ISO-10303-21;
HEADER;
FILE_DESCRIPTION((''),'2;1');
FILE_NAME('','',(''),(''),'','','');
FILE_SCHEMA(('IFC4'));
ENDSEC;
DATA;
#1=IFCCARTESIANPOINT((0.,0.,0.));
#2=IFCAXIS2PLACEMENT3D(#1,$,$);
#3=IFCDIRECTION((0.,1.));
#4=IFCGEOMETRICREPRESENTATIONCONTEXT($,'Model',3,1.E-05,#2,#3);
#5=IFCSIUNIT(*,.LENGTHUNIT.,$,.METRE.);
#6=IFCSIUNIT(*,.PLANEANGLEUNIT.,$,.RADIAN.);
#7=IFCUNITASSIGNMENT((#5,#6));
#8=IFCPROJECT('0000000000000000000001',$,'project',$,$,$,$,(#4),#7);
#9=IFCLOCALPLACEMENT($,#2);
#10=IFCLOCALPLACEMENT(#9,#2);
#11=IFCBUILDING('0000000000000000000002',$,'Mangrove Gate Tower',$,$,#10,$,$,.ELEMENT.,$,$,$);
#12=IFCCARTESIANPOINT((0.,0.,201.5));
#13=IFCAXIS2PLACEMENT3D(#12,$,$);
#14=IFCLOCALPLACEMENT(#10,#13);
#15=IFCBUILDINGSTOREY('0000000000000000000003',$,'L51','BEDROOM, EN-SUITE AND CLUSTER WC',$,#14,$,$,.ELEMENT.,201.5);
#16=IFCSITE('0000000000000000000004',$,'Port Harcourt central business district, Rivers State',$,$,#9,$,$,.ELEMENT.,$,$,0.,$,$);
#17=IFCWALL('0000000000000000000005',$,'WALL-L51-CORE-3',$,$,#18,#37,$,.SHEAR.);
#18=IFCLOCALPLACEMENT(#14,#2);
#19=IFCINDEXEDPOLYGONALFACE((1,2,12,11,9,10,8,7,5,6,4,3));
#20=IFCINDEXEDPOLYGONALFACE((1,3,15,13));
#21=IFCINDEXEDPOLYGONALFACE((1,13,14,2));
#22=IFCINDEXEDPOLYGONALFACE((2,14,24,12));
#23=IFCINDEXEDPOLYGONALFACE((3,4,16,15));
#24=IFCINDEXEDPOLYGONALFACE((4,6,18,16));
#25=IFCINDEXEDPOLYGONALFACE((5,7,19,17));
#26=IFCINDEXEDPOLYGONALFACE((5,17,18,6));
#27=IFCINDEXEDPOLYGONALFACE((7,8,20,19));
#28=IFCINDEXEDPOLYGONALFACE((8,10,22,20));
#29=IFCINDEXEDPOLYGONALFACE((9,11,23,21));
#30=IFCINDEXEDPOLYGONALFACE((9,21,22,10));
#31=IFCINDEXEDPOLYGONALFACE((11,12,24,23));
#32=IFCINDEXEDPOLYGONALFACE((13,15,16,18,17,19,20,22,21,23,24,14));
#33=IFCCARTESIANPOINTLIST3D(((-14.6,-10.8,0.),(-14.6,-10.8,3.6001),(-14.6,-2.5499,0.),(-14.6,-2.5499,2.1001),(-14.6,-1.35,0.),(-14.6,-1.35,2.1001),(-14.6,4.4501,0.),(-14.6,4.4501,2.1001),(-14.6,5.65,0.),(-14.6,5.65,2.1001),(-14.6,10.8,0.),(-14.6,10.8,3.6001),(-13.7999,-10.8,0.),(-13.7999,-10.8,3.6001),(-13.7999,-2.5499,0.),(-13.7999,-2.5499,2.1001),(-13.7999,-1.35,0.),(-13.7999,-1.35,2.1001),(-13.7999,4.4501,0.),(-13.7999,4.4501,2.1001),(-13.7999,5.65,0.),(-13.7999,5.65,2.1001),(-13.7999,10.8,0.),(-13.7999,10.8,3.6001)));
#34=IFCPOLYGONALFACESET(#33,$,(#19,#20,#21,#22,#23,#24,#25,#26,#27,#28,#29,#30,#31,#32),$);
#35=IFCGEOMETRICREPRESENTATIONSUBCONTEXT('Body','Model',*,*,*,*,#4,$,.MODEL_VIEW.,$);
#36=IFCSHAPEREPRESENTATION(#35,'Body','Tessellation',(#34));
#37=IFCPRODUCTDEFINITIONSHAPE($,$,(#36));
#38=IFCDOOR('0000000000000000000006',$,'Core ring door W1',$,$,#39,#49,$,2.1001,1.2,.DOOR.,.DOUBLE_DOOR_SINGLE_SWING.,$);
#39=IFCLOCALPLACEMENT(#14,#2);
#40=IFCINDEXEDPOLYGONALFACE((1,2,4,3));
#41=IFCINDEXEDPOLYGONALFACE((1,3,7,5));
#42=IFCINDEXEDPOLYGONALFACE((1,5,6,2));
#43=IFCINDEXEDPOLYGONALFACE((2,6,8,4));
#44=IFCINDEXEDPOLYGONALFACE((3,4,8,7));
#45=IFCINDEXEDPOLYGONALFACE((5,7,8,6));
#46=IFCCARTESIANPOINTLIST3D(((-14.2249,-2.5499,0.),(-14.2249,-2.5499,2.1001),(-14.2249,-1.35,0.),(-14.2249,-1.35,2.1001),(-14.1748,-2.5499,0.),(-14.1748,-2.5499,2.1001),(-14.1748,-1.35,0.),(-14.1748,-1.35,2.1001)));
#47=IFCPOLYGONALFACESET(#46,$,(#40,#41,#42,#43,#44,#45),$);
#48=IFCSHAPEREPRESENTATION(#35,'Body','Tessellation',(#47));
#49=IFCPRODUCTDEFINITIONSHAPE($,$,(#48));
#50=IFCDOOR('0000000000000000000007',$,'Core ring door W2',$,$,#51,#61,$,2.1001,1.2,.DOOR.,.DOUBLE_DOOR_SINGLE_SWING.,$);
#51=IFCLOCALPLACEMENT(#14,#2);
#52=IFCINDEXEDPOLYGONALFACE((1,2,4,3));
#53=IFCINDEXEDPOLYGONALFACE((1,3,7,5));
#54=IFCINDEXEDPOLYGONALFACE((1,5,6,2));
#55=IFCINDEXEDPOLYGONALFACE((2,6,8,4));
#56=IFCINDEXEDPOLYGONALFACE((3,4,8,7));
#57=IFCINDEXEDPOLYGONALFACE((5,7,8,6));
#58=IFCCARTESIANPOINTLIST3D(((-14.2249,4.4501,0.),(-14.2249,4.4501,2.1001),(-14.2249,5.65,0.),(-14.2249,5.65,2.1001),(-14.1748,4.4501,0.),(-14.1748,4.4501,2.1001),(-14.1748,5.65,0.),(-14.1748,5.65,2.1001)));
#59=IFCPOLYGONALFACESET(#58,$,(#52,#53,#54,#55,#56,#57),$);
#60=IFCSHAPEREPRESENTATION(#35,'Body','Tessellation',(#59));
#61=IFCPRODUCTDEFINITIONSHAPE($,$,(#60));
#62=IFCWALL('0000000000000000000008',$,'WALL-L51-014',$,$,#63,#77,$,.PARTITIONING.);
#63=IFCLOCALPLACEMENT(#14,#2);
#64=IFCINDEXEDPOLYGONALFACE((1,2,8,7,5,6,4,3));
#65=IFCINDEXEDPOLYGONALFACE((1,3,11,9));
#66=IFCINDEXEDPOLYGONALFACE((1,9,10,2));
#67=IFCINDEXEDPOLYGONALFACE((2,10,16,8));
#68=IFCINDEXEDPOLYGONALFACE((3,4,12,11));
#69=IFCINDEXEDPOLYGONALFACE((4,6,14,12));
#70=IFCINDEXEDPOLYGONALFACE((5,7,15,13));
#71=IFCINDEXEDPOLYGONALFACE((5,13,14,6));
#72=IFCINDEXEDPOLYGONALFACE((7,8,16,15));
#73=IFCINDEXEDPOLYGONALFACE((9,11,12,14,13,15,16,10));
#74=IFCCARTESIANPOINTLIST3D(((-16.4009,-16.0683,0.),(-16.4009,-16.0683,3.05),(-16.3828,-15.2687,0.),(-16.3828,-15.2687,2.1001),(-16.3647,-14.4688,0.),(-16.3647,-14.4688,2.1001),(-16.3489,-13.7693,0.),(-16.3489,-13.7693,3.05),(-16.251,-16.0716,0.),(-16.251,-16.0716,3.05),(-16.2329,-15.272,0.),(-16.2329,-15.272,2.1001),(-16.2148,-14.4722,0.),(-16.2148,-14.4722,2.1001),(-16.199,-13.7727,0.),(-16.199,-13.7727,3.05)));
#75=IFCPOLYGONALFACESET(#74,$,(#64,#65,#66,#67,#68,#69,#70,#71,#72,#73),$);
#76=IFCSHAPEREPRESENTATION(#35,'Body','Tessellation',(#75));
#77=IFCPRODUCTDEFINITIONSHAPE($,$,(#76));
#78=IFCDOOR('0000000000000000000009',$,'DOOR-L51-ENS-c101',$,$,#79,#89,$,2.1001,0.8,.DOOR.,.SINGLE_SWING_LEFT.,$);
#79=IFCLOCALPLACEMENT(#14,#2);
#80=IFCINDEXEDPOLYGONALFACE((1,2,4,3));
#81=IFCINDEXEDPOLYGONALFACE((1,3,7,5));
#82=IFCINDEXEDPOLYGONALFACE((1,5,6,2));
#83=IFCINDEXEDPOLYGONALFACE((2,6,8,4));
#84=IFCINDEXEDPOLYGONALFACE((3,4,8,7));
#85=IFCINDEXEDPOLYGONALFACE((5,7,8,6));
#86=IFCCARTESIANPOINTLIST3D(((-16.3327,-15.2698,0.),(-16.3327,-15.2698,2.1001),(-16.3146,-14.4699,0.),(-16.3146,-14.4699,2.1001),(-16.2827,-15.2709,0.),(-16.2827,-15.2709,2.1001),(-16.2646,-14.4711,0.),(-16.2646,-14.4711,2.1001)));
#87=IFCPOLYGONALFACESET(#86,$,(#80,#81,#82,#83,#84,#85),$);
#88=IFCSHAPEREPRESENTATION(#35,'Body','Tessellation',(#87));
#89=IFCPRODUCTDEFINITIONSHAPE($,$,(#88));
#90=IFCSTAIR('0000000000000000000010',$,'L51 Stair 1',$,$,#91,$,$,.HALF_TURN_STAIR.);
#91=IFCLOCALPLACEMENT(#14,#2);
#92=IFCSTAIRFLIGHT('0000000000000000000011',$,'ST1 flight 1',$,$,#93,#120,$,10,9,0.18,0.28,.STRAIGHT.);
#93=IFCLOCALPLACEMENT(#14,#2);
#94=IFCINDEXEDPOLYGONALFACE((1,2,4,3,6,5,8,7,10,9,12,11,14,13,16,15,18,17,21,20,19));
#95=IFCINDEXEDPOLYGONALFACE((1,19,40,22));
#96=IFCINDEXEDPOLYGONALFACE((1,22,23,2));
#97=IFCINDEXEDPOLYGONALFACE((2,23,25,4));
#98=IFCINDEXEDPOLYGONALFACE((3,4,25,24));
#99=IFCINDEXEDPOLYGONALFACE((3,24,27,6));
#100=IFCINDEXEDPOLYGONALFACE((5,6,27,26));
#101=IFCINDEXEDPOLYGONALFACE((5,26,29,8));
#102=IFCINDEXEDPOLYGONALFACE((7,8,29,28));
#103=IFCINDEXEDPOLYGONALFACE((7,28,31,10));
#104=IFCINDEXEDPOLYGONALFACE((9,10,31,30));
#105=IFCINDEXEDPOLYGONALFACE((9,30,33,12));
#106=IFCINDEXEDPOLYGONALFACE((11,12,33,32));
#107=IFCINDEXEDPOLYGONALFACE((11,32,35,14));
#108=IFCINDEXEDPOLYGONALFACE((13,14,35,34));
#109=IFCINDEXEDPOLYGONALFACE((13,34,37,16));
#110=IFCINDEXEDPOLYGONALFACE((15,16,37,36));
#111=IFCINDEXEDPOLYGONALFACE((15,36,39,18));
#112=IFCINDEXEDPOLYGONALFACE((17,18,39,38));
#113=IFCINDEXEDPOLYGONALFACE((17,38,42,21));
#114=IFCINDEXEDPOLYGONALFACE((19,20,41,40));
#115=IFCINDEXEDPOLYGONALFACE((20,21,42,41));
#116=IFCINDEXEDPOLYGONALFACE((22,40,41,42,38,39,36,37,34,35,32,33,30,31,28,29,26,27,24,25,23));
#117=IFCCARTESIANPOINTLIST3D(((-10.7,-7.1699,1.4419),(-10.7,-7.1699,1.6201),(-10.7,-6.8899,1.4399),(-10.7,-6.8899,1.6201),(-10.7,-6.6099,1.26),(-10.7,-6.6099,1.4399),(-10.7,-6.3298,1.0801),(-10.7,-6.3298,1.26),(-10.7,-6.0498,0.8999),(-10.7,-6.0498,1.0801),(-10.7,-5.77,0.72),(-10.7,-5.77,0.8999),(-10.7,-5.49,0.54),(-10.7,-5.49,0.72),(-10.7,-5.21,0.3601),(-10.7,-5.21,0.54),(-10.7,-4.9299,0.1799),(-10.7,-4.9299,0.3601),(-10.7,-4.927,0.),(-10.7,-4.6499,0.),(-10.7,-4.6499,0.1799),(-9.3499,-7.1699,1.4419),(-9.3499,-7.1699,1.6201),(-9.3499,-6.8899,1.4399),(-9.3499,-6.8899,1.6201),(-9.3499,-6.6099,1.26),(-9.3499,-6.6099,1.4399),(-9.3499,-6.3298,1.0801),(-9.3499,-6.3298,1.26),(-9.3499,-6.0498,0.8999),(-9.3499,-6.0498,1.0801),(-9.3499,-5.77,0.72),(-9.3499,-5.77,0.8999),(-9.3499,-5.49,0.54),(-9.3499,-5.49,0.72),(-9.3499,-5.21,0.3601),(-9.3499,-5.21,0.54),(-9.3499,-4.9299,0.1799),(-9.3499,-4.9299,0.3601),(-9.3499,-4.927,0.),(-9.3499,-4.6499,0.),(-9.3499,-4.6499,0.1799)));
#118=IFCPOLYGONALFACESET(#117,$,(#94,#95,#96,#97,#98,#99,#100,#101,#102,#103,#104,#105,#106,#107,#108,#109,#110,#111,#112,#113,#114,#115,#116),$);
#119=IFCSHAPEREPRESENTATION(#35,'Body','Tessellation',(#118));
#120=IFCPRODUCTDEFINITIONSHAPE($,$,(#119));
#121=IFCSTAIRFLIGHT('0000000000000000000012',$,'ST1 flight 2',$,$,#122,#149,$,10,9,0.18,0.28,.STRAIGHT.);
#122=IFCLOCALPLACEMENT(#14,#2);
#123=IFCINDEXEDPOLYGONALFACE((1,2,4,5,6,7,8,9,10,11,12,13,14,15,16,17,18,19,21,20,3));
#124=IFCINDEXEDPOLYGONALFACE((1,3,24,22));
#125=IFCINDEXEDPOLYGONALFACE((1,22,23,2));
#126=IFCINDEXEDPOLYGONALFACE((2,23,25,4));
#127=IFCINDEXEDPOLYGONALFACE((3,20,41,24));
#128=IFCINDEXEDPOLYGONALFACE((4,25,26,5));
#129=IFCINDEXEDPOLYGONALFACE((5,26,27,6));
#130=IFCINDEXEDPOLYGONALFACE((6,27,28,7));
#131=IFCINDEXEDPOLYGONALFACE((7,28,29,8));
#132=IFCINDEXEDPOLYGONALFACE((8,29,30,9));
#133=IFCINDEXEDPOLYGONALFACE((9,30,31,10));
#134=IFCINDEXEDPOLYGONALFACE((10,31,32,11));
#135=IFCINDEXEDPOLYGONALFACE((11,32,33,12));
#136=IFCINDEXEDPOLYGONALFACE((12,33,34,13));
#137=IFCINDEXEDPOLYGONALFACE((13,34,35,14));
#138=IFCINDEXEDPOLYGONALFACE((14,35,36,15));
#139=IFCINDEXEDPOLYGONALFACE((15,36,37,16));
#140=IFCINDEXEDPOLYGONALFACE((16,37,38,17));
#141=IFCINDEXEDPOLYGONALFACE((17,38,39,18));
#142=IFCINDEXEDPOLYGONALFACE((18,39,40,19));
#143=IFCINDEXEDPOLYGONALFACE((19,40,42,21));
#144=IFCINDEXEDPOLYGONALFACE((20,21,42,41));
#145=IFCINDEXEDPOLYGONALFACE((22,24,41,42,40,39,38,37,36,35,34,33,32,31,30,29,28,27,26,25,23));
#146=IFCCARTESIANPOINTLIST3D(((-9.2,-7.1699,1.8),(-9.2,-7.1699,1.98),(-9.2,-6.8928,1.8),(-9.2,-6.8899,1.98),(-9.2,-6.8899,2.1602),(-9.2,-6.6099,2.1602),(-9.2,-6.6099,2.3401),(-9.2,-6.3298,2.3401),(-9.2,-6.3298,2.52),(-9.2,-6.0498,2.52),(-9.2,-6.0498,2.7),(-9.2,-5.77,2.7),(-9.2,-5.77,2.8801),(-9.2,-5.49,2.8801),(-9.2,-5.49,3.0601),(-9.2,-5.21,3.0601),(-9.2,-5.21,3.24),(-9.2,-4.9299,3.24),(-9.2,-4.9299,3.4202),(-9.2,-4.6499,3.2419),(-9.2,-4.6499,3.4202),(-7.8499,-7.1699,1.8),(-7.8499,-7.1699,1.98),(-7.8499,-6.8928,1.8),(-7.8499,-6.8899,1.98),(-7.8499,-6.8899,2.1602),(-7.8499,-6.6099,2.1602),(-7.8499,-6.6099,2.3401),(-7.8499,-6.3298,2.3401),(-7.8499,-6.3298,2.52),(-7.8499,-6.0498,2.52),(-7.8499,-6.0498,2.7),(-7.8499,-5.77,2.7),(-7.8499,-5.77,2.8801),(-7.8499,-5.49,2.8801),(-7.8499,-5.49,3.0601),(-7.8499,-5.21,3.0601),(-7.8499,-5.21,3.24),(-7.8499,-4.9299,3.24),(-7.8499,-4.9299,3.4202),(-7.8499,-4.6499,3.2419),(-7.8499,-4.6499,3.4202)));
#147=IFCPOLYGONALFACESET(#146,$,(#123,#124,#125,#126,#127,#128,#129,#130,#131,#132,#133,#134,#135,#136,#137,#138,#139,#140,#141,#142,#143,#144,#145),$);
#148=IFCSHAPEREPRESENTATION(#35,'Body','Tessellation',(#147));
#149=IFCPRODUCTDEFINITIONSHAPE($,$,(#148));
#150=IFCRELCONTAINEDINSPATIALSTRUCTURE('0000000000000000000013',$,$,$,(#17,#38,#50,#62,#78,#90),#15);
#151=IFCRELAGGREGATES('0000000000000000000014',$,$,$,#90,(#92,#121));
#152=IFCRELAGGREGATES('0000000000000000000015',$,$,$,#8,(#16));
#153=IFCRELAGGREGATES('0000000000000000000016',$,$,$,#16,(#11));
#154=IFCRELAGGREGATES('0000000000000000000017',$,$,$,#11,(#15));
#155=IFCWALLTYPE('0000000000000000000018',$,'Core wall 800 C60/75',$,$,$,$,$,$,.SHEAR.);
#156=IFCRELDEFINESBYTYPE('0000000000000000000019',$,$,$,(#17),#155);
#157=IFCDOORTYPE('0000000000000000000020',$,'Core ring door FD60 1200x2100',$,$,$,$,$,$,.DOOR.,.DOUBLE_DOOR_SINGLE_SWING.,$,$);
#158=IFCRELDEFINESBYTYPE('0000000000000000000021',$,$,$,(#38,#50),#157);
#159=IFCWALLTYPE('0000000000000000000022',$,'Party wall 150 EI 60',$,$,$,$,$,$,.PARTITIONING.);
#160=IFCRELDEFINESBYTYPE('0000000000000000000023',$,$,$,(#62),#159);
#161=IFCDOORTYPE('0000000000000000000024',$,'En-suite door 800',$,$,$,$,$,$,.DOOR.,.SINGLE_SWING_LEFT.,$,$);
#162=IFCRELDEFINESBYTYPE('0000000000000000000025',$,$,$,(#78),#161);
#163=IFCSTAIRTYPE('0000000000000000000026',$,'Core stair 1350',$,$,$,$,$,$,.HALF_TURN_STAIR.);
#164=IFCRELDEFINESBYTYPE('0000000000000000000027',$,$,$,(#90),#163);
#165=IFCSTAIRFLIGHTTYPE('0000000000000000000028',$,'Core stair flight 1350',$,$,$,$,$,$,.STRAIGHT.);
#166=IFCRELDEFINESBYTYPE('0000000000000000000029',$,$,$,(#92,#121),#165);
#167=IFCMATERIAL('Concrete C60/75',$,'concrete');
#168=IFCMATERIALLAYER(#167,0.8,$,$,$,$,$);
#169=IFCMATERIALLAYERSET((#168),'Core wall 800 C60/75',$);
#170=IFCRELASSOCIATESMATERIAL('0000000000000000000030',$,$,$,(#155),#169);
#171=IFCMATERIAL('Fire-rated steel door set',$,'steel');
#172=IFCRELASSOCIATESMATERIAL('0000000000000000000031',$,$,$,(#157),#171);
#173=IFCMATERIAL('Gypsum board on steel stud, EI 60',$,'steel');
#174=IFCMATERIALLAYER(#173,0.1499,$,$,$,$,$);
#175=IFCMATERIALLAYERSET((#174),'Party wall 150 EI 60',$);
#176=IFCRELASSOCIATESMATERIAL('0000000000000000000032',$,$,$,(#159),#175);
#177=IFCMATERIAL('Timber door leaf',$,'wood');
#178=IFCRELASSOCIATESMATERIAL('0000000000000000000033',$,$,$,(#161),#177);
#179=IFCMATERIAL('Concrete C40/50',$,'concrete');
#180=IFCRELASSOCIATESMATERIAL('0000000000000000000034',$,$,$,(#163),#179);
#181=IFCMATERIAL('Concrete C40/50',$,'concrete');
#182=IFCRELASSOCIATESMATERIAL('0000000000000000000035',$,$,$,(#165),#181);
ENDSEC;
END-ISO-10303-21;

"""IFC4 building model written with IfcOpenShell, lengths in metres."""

from ifc_helpers import new_model, si_unit, direction, frame, frame_2d, origin, place, context, subcontext, project, spatial, polyline, rectangle, outline, extrude, material, layer, layer_set, type_object, element, fill, aggregate, save


model = new_model("IFC4")

# Units and contexts
model_context = context("Model", 3, precision=1e-05, world=origin(), true_north=direction((0.0, 1.0)))
body_context = subcontext(model_context, "Body", "Model", "MODEL_VIEW")
ifc_project = project(units=[si_unit("LENGTHUNIT", "METRE"), si_unit("PLANEANGLEUNIT", "RADIAN")], contexts=[model_context])

# Site, building, storey
site_placement = place(None, origin())
site = spatial("IfcSite", under=ifc_project, at=site_placement, Name="Port Harcourt central business district, Rivers State", CompositionType="ELEMENT", RefElevation=0.0)
building_placement = place(site_placement, origin())
building = spatial("IfcBuilding", under=site, at=building_placement, Name="Mangrove Gate Tower", CompositionType="ELEMENT")
storey_placement = place(building_placement, frame((0.0, 0.0, 201.5)))
storey = spatial("IfcBuildingStorey", under=building, at=storey_placement, Name="L51", Description="BEDROOM, EN-SUITE AND CLUSTER WC", CompositionType="ELEMENT", Elevation=201.5)

# Shared definitions
ifc_material_1 = material(Name="Concrete C60/75", Category="concrete")
ifc_layer_1 = layer(ifc_material_1, 0.8)
ifc_layer_set_1 = layer_set([ifc_layer_1], Name="Core wall 800 C60/75")
wall_type_1 = type_object("IfcWallType", Name="Core wall 800 C60/75", PredefinedType="SHEAR", material=ifc_layer_set_1)

# Wall, openings, doors
wall_1_placement = place(storey_placement, frame((-14.2, -10.8, 0.0), z_axis=(0.0, 0.0, 1.0), x_axis=(0.0, 1.0, 0.0)))
wall_1 = element("IfcWall", 1, at=wall_1_placement, inside=storey, type_object=wall_type_1, Name="WALL-L51-CORE-3", PredefinedType="SHEAR", context=body_context, shape_type="SweptSolid", body=[
    extrude(rectangle(XDim=21.6001, YDim=0.8, at=frame_2d((10.8, 0.0))), origin(), (0.0, 0.0, 1.0), 3.6001),
])
opening_1_placement = place(wall_1_placement, frame((8.25, 0.0, 0.0)))
opening_1 = element("IfcOpeningElement", 2, at=opening_1_placement, cuts=wall_1, PredefinedType="OPENING", context=body_context, shape_type="SweptSolid", body=[
    extrude(rectangle(XDim=1.2, YDim=2.1001, at=frame_2d((0.6001, 1.05))), frame((0.0, 0.4099, 0.0), z_axis=(0.0, -1.0, 0.0), x_axis=(1.0, 0.0, 0.0)), (0.0, 0.0, 1.0), 0.8201),
])
opening_2_placement = place(wall_1_placement, frame((15.25, 0.0, 0.0)))
opening_2 = element("IfcOpeningElement", 3, at=opening_2_placement, cuts=wall_1, PredefinedType="OPENING", context=body_context, shape_type="SweptSolid", body=[
    extrude(rectangle(XDim=1.2, YDim=2.1001, at=frame_2d((0.6001, 1.05))), frame((0.0, 0.4099, 0.0), z_axis=(0.0, -1.0, 0.0), x_axis=(1.0, 0.0, 0.0)), (0.0, 0.0, 1.0), 0.8201),
])
ifc_material_2 = material(Name="Fire-rated steel door set", Category="steel")
door_type_1 = type_object("IfcDoorType", Name="Core ring door FD60 1200x2100", OperationType="DOUBLE_DOOR_SINGLE_SWING", PredefinedType="DOOR", material=ifc_material_2)
door_1_placement = place(opening_1_placement, origin())
door_1 = element("IfcDoor", 4, at=door_1_placement, inside=storey, type_object=door_type_1, Name="Core ring door W1", OperationType="DOUBLE_DOOR_SINGLE_SWING", OverallHeight=2.1001, OverallWidth=1.2, PredefinedType="DOOR", context=body_context, shape_type="SweptSolid", body=[
    extrude(rectangle(XDim=1.2, YDim=2.1001, at=frame_2d((0.6001, 1.05))), frame((0.0, 0.0249, 0.0), z_axis=(0.0, -1.0, 0.0), x_axis=(1.0, 0.0, 0.0)), (0.0, 0.0, 1.0), 0.05),
])
fill(opening_1, door_1)
door_2_placement = place(opening_2_placement, origin())
door_2 = element("IfcDoor", 5, at=door_2_placement, inside=storey, type_object=door_type_1, Name="Core ring door W2", OperationType="DOUBLE_DOOR_SINGLE_SWING", OverallHeight=2.1001, OverallWidth=1.2, PredefinedType="DOOR", context=body_context, shape_type="SweptSolid", body=[
    extrude(rectangle(XDim=1.2, YDim=2.1001, at=frame_2d((0.6001, 1.05))), frame((0.0, 0.0249, 0.0), z_axis=(0.0, -1.0, 0.0), x_axis=(1.0, 0.0, 0.0)), (0.0, 0.0, 1.0), 0.05),
])
fill(opening_2, door_2)

# Wall, opening, door
ifc_material_3 = material(Name="Gypsum board on steel stud, EI 60", Category="steel")
ifc_layer_2 = layer(ifc_material_3, 0.1499)
ifc_layer_set_2 = layer_set([ifc_layer_2], Name="Party wall 150 EI 60")
wall_type_2 = type_object("IfcWallType", Name="Party wall 150 EI 60", PredefinedType="PARTITIONING", material=ifc_layer_set_2)
wall_2_placement = place(storey_placement, frame((-16.3259, -16.0701, 0.0), z_axis=(0.0, 0.0, 1.0), x_axis=(0.022613, 0.999744, 0.0)))
wall_2 = element("IfcWall", 6, at=wall_2_placement, inside=storey, type_object=wall_type_2, Name="WALL-L51-014", PredefinedType="PARTITIONING", context=body_context, shape_type="SweptSolid", body=[
    extrude(rectangle(XDim=2.2996, YDim=0.1499, at=frame_2d((1.1499, 0.0))), origin(), (0.0, 0.0, 1.0), 3.05),
])
opening_3_placement = place(wall_2_placement, frame((0.8, 0.0, 0.0)))
opening_3 = element("IfcOpeningElement", 7, at=opening_3_placement, cuts=wall_2, PredefinedType="OPENING", context=body_context, shape_type="SweptSolid", body=[
    extrude(rectangle(XDim=0.8, YDim=2.1001, at=frame_2d((0.3999, 1.05))), frame((0.0, 0.085, 0.0), z_axis=(0.0, -1.0, 0.0), x_axis=(1.0, 0.0, 0.0)), (0.0, 0.0, 1.0), 0.1699),
])
ifc_material_4 = material(Name="Timber door leaf", Category="wood")
door_type_2 = type_object("IfcDoorType", Name="En-suite door 800", OperationType="SINGLE_SWING_LEFT", PredefinedType="DOOR", material=ifc_material_4)
door_3_placement = place(opening_3_placement, origin())
door_3 = element("IfcDoor", 8, at=door_3_placement, inside=storey, type_object=door_type_2, Name="DOOR-L51-ENS-c101", OperationType="SINGLE_SWING_LEFT", OverallHeight=2.1001, OverallWidth=0.8, PredefinedType="DOOR", context=body_context, shape_type="SweptSolid", body=[
    extrude(rectangle(XDim=0.8, YDim=2.1001, at=frame_2d((0.3999, 1.05))), frame((0.0, 0.0249, 0.0), z_axis=(0.0, -1.0, 0.0), x_axis=(1.0, 0.0, 0.0)), (0.0, 0.0, 1.0), 0.05),
])
fill(opening_3, door_3)

# Stair, stair flights
ifc_material_5 = material(Name="Concrete C40/50", Category="concrete")
stair_type = type_object("IfcStairType", Name="Core stair 1350", PredefinedType="HALF_TURN_STAIR", material=ifc_material_5)
stair_placement = place(storey_placement, origin())
stair = element("IfcStair", 9, at=stair_placement, inside=storey, type_object=stair_type, Name="L51 Stair 1", PredefinedType="HALF_TURN_STAIR")
ifc_material_6 = material(Name="Concrete C40/50", Category="concrete")
stair_flight_type = type_object("IfcStairFlightType", Name="Core stair flight 1350", PredefinedType="STRAIGHT", material=ifc_material_6)
stair_flight_1_placement = place(storey_placement, frame((-10.0249, -4.6499, 0.0), z_axis=(0.0, 0.0, 1.0), x_axis=(0.0, -1.0, 0.0)))
stair_flight_1 = element("IfcStairFlight", 10, at=stair_flight_1_placement, type_object=stair_flight_type, Name="ST1 flight 1", NumberOfRisers=10, NumberOfTreads=9, PredefinedType="STRAIGHT", RiserHeight=0.18, TreadLength=0.28, context=body_context, shape_type="SweptSolid", body=[
    extrude(outline(polyline([(0.0, 0.0), (0.0, 0.1799), (0.28, 0.1799), (0.28, 0.3601), (0.5601, 0.3601), (0.5601, 0.54), (0.8401, 0.54), (0.8401, 0.72), (1.1201, 0.72), (1.1201, 0.8999), (1.3999, 0.8999), (1.3999, 1.0801), (1.6799, 1.0801), (1.6799, 1.26), (1.96, 1.26), (1.96, 1.4399), (2.24, 1.4399), (2.24, 1.6201), (2.52, 1.6201), (2.52, 1.8), (2.52, 1.4419), (0.2771, 0.0), (0.0, 0.0)])), frame((0.0, 0.675, 0.0), z_axis=(0.0, -1.0, 0.0), x_axis=(1.0, 0.0, 0.0)), (0.0, 0.0, 1.0), 1.3501),
])
stair_flight_2_placement = place(storey_placement, frame((-8.5249, -7.1699, 1.8), z_axis=(0.0, 0.0, 1.0), x_axis=(0.0, 1.0, 0.0)))
stair_flight_2 = element("IfcStairFlight", 11, at=stair_flight_2_placement, type_object=stair_flight_type, Name="ST1 flight 2", NumberOfRisers=10, NumberOfTreads=9, PredefinedType="STRAIGHT", RiserHeight=0.18, TreadLength=0.28, context=body_context, shape_type="SweptSolid", body=[
    extrude(outline(polyline([(0.0, 0.0), (0.0, 0.1799), (0.28, 0.1799), (0.28, 0.3601), (0.5601, 0.3601), (0.5601, 0.54), (0.8401, 0.54), (0.8401, 0.72), (1.1201, 0.72), (1.1201, 0.8999), (1.3999, 0.8999), (1.3999, 1.0801), (1.6799, 1.0801), (1.6799, 1.26), (1.96, 1.26), (1.96, 1.4399), (2.24, 1.4399), (2.24, 1.6201), (2.52, 1.6201), (2.52, 1.8), (2.52, 1.4419), (0.2771, 0.0), (0.0, 0.0)])), frame((0.0, 0.675, 0.0), z_axis=(0.0, -1.0, 0.0), x_axis=(1.0, 0.0, 0.0)), (0.0, 0.0, 1.0), 1.3501),
])
aggregate(stair, [stair_flight_1, stair_flight_2])

save(model, "model.ifc")
